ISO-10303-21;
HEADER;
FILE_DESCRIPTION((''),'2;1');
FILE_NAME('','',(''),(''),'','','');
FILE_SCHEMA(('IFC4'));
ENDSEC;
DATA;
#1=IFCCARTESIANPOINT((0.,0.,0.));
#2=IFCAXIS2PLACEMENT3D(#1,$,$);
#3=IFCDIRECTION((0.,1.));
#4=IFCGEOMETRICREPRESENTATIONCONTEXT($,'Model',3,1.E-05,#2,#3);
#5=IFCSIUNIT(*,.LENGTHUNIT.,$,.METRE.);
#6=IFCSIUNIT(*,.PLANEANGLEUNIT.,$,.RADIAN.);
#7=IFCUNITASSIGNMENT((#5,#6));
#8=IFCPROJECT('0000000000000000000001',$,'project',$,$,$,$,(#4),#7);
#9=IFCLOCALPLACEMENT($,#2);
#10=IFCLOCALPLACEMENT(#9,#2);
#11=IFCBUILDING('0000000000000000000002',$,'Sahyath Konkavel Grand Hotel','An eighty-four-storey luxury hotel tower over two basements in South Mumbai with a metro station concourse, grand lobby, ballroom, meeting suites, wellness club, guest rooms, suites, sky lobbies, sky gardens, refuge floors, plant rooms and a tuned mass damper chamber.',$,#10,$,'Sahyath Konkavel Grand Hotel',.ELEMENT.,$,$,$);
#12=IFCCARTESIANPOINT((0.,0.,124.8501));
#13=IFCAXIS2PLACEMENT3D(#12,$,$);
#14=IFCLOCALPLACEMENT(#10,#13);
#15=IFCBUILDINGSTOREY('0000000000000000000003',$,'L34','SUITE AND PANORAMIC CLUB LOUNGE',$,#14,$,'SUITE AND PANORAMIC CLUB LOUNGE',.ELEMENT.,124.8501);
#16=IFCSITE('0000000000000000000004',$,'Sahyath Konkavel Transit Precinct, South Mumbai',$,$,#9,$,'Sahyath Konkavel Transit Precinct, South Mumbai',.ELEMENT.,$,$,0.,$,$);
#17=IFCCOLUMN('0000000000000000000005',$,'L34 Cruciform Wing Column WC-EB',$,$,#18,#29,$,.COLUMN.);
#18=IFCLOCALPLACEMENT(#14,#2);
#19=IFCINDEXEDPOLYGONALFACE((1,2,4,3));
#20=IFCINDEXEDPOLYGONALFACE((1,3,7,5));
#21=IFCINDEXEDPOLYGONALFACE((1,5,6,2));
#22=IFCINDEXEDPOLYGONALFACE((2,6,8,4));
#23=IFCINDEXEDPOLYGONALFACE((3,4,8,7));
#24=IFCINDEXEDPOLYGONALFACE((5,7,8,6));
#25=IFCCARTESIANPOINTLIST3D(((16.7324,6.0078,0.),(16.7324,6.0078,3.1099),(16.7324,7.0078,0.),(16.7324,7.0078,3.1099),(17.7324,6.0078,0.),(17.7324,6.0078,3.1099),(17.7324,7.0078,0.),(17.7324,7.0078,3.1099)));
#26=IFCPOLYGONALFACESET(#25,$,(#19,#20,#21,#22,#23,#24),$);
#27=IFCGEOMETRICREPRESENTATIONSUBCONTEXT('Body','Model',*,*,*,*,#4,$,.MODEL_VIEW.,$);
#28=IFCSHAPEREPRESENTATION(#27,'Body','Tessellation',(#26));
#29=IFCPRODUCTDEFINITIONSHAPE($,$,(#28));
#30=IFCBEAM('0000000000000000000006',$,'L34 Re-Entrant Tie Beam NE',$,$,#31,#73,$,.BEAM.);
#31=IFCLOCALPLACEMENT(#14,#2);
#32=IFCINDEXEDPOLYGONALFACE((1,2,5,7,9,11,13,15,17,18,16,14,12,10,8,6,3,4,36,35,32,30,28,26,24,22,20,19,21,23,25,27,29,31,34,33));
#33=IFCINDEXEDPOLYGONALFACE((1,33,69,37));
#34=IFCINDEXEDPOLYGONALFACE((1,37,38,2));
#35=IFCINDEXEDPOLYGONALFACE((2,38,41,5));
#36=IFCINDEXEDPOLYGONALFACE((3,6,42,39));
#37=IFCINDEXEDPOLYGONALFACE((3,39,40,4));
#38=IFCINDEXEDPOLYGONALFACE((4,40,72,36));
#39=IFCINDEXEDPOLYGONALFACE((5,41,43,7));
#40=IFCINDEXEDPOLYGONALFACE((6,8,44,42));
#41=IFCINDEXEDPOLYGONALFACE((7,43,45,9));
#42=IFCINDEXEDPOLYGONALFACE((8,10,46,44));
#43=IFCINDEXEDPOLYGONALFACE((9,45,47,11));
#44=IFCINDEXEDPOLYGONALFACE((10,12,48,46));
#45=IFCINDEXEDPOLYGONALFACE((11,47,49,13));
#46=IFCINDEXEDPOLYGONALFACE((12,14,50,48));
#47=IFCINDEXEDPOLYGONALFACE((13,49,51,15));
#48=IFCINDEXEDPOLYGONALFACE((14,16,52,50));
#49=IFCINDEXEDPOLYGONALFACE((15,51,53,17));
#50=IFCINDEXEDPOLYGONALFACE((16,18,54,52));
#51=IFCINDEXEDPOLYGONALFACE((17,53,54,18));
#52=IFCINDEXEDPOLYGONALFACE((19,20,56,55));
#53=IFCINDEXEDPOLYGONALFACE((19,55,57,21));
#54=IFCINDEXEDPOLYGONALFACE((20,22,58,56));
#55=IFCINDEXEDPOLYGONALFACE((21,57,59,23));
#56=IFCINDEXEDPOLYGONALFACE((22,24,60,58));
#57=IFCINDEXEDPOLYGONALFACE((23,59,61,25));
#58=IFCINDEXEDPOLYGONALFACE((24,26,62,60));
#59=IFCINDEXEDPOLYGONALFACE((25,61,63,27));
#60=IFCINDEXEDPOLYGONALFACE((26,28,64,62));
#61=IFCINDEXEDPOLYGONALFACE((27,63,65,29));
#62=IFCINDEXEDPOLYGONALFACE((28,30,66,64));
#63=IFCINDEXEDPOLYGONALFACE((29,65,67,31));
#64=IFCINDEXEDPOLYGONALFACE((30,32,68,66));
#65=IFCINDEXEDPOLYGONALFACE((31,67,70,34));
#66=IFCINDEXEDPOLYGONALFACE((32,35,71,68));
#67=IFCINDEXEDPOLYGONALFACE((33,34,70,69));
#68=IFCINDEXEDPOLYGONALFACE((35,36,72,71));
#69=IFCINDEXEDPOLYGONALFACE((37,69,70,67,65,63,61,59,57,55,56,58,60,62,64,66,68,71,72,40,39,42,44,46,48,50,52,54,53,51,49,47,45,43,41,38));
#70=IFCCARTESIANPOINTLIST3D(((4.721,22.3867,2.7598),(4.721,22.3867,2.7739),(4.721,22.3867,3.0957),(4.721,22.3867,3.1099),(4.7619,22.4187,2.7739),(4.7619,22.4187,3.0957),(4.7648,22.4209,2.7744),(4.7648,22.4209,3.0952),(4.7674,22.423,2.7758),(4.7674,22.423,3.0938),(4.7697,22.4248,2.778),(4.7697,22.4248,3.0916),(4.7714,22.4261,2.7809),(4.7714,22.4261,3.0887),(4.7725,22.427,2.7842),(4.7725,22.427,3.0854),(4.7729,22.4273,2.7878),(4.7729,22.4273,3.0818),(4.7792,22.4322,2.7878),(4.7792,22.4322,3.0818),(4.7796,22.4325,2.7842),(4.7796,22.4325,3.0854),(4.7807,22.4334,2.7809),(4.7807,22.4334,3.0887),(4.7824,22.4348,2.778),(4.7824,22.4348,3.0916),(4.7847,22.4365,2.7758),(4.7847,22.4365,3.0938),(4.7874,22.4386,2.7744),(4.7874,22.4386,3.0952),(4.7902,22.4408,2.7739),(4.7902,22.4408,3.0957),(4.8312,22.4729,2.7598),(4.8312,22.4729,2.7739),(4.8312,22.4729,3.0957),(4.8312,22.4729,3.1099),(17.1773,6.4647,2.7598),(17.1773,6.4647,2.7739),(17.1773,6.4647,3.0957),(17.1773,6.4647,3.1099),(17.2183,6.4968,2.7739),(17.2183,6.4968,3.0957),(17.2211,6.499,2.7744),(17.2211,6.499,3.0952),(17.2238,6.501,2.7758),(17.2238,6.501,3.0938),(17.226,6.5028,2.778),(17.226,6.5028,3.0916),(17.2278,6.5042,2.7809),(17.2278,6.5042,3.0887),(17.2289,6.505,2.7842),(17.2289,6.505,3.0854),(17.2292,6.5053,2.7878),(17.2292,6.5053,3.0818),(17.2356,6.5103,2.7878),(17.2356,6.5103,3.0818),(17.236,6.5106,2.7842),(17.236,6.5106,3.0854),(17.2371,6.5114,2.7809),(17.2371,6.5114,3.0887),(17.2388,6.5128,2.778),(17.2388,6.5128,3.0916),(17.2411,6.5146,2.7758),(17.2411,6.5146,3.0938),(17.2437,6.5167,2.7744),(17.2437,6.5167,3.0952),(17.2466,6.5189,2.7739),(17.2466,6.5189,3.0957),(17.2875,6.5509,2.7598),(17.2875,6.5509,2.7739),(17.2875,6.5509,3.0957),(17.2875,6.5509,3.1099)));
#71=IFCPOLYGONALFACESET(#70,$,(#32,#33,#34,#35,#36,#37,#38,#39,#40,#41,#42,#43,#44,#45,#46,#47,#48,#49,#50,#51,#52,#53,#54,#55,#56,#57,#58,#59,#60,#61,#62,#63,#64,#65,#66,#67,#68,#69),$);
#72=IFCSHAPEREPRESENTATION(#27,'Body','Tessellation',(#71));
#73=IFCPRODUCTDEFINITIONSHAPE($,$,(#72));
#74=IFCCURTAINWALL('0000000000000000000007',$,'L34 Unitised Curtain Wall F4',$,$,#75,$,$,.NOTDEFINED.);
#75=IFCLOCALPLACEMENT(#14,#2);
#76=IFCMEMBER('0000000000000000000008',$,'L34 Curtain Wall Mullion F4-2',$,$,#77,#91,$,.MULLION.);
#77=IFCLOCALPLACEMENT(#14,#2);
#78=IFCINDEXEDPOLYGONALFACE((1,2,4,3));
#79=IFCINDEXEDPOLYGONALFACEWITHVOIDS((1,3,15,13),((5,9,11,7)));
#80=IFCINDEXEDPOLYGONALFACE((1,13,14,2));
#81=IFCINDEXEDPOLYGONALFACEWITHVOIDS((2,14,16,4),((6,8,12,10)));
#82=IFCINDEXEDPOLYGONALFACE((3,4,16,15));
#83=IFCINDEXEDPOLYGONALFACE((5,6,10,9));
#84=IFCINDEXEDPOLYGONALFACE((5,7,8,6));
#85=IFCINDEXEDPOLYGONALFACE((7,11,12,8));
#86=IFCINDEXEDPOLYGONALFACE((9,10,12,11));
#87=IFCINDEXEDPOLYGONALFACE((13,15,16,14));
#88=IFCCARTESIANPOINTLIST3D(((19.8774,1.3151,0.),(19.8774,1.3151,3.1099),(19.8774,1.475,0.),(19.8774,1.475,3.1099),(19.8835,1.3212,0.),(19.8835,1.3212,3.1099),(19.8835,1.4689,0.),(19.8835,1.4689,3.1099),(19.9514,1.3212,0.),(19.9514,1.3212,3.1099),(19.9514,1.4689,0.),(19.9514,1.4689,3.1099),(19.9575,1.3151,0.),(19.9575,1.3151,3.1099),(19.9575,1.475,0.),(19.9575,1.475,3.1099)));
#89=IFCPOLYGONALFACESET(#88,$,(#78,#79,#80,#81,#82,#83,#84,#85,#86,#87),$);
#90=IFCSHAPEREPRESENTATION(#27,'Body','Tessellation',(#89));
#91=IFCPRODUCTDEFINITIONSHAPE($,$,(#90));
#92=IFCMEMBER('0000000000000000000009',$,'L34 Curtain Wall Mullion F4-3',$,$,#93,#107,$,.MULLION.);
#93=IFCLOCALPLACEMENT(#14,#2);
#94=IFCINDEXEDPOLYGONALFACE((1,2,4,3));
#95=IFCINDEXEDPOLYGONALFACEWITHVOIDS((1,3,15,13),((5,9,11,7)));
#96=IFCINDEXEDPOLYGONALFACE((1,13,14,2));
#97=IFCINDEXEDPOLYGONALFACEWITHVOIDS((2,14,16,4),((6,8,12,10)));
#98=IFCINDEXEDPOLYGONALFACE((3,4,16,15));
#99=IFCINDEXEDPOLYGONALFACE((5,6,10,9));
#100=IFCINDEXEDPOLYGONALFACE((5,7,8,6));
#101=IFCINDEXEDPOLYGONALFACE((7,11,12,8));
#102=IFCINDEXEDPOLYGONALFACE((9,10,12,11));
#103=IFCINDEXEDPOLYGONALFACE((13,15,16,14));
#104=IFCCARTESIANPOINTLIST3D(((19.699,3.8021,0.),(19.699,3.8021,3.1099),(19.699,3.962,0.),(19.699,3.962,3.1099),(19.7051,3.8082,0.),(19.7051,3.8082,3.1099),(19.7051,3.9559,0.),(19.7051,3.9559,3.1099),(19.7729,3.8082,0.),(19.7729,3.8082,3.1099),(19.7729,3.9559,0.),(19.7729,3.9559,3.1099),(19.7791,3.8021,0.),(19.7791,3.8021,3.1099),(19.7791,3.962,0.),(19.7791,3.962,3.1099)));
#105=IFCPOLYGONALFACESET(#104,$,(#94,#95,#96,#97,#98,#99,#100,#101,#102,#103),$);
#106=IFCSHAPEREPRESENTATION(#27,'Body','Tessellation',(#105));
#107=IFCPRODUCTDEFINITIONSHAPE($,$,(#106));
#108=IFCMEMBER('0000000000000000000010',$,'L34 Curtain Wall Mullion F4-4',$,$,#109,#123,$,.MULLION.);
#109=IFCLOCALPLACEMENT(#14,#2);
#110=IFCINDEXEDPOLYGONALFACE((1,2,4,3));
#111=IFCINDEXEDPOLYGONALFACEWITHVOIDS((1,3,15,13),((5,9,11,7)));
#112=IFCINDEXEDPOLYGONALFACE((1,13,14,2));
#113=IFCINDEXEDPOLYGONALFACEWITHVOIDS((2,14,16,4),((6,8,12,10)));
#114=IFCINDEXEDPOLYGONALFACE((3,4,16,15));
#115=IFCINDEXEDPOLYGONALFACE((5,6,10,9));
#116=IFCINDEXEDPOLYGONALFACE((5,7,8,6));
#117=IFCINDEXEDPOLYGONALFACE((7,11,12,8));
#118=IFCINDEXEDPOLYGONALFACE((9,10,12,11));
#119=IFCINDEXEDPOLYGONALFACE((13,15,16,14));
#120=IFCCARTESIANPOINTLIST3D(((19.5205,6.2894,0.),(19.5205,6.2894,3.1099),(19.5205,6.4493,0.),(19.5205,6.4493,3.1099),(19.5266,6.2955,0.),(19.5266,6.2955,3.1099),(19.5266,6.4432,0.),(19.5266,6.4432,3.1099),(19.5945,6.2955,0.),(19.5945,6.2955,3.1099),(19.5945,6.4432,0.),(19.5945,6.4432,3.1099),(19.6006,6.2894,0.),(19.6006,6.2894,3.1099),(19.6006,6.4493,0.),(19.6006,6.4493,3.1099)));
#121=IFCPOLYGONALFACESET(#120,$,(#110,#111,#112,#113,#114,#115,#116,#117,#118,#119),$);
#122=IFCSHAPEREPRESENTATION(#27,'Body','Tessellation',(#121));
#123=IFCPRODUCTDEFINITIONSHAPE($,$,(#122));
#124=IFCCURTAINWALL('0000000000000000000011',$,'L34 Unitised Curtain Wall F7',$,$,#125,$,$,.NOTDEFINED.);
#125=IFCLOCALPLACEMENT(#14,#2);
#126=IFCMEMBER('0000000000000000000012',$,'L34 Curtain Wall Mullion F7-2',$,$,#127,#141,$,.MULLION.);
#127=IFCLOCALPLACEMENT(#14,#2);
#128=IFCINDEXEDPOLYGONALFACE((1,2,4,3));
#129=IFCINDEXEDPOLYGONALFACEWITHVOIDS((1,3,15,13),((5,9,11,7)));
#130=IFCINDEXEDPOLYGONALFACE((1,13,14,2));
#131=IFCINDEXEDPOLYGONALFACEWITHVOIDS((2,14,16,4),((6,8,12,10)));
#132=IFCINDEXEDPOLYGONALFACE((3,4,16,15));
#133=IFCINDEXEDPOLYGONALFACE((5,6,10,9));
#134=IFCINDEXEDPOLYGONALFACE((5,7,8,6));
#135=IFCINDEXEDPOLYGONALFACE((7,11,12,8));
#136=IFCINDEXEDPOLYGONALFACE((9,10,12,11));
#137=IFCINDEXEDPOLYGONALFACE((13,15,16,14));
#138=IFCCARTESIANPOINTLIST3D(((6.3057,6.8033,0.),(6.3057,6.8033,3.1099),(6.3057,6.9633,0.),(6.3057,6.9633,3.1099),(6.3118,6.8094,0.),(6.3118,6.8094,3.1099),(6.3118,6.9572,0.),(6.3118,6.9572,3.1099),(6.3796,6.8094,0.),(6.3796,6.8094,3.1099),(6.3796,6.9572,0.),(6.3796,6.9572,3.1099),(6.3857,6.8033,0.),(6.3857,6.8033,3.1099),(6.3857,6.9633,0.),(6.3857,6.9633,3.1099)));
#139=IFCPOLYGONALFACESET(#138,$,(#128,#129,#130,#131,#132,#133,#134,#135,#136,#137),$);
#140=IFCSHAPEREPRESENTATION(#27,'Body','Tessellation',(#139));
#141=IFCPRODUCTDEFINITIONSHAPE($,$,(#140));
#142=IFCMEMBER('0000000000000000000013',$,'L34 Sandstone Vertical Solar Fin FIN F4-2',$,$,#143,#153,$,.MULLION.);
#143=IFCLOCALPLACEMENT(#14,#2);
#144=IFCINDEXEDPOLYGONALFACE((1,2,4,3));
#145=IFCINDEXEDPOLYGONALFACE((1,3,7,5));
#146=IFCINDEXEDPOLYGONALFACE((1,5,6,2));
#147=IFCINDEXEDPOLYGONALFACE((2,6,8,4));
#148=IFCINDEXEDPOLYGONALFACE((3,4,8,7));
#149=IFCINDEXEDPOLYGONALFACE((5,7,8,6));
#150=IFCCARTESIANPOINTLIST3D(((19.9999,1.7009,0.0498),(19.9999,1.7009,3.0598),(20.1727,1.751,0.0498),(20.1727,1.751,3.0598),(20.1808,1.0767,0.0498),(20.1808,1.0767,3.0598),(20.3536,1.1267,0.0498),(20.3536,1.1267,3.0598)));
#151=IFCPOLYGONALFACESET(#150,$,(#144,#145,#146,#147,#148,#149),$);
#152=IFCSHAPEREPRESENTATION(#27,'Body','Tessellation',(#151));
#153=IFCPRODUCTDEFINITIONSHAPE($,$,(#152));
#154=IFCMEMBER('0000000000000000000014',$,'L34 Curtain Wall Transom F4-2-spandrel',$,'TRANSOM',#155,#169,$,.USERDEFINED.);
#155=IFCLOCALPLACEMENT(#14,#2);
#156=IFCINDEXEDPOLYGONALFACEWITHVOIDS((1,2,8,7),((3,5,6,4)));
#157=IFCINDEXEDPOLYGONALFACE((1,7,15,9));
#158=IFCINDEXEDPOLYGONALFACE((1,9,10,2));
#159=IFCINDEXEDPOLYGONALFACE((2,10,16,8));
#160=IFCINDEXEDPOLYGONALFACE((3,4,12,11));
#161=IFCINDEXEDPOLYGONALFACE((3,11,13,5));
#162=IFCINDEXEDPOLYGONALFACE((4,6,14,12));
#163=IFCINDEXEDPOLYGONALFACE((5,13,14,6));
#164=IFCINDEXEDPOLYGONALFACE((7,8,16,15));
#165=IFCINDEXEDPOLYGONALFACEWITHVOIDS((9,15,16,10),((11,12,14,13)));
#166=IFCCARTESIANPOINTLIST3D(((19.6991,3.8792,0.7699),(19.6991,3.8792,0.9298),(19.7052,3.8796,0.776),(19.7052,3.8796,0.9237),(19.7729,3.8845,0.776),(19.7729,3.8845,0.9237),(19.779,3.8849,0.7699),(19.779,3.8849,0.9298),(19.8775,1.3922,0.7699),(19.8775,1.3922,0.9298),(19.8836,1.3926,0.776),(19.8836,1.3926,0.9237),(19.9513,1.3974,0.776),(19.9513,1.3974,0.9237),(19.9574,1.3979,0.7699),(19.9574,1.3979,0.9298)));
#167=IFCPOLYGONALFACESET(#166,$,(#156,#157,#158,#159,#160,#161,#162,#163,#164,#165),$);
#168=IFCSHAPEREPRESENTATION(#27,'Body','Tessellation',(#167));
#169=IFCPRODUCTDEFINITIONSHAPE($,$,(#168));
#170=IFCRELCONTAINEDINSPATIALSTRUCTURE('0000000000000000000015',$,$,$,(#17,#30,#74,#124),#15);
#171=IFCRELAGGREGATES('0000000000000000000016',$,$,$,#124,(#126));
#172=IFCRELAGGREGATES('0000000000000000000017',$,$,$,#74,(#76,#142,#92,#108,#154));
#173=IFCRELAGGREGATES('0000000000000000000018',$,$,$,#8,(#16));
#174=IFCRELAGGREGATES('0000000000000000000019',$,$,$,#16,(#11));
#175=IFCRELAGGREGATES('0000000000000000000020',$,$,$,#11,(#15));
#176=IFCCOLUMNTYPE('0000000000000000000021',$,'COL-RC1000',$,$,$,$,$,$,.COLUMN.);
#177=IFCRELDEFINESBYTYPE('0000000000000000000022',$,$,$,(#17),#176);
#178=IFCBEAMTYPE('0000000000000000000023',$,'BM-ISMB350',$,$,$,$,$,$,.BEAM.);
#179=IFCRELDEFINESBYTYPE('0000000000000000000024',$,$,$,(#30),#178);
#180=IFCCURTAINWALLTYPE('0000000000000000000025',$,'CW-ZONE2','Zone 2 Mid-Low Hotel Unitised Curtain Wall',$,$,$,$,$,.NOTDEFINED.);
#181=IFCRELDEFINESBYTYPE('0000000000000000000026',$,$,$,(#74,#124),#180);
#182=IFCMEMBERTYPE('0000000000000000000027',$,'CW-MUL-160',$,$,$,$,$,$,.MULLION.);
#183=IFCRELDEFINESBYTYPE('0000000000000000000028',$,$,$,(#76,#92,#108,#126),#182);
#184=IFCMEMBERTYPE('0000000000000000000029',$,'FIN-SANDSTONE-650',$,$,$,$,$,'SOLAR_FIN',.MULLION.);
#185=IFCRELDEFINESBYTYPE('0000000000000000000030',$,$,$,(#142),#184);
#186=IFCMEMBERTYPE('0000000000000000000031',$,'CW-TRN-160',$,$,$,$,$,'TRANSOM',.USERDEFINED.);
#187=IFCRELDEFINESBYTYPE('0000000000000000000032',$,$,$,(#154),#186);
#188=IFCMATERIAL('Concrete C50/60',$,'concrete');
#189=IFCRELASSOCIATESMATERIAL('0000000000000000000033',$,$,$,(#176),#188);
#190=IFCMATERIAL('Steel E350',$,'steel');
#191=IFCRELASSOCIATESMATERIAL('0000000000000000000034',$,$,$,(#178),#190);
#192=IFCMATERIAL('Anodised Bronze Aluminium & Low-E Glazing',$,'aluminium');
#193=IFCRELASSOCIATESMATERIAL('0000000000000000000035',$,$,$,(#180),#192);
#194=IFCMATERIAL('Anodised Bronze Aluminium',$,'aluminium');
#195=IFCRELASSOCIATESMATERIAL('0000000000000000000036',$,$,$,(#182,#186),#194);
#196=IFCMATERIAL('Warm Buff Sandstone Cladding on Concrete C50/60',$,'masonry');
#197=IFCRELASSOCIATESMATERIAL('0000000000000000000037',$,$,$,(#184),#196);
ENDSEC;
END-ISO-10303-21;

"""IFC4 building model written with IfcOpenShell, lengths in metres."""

from ifc_helpers import new_model, si_unit, direction, frame, origin, origin_2d, place, context, subcontext, project, spatial, rectangle, hollow_rectangle, i_section, extrude, source, transform, mapped, material, material_profile, profile_set, type_object, element, aggregate, save


model = new_model("IFC4")

# Units and contexts
model_context = context("Model", 3, precision=1e-05, world=origin(), true_north=direction((0.0, 1.0)))
body_context = subcontext(model_context, "Body", "Model", "MODEL_VIEW")
ifc_project = project(units=[si_unit("LENGTHUNIT", "METRE"), si_unit("PLANEANGLEUNIT", "RADIAN")], contexts=[model_context])

# Site, building, storey
site_placement = place(None, origin())
site = spatial("IfcSite", under=ifc_project, at=site_placement, Name="Sahyath Konkavel Transit Precinct, South Mumbai", LongName="Sahyath Konkavel Transit Precinct, South Mumbai", CompositionType="ELEMENT", RefElevation=0.0)
building_placement = place(site_placement, origin())
building = spatial("IfcBuilding", under=site, at=building_placement, Name="Sahyath Konkavel Grand Hotel", Description="An eighty-four-storey luxury hotel tower over two basements in South Mumbai with a metro station concourse, grand lobby, ballroom, meeting suites, wellness club, guest rooms, suites, sky lobbies, sky gardens, refuge floors, plant rooms and a tuned mass damper chamber.", LongName="Sahyath Konkavel Grand Hotel", CompositionType="ELEMENT")
storey_placement = place(building_placement, frame((0.0, 0.0, 124.8501)))
storey = spatial("IfcBuildingStorey", under=building, at=storey_placement, Name="L34", Description="SUITE AND PANORAMIC CLUB LOUNGE", LongName="SUITE AND PANORAMIC CLUB LOUNGE", CompositionType="ELEMENT", Elevation=124.8501)

# Column
ifc_material_1 = material(Name="Concrete C50/60", Category="concrete")
ifc_material_profile_1 = material_profile(ifc_material_1, rectangle(XDim=1.0, YDim=1.0, at=origin_2d()), Name="RC 1000x1000")
ifc_profile_set_1 = profile_set([ifc_material_profile_1], Name="Concrete C50/60")
column_type = type_object("IfcColumnType", Name="COL-RC1000", PredefinedType="COLUMN", material=ifc_profile_set_1)
shared_shape_1 = source(origin(), body_context, "Body", "SweptSolid", [
    extrude(rectangle(XDim=1.0, YDim=1.0, at=origin_2d()), origin(), (0.0, 0.0, 1.0), 3.1099),
])
column_placement = place(storey_placement, frame((17.2324, 6.5078, 0.0), z_axis=(0.0, 0.0, 1.0), x_axis=(1.0, 0.0, 0.0)))
element("IfcColumn", 1, at=column_placement, inside=storey, type_object=column_type, Name="L34 Cruciform Wing Column WC-EB", PredefinedType="COLUMN", context=body_context, shape_type="MappedRepresentation", body=[
    mapped(shared_shape_1, transform((0.0, 0.0, 0.0), scale=1.0)),
])

# Beam
ifc_material_2 = material(Name="Steel E350", Category="steel")
ifc_material_profile_2 = material_profile(ifc_material_2, i_section(OverallWidth=0.1399, OverallDepth=0.3501, WebThickness=0.0081, FlangeThickness=0.0142, FilletRadius=0.0139, at=origin_2d()), Name="ISMB 350")
ifc_profile_set_2 = profile_set([ifc_material_profile_2], Name="Steel E350")
beam_type_1 = type_object("IfcBeamType", Name="BM-ISMB350", PredefinedType="BEAM", material=ifc_profile_set_2)
shared_shape_2 = source(origin(), body_context, "Body", "SweptSolid", [
    extrude(i_section(OverallWidth=0.1399, OverallDepth=0.3501, WebThickness=0.0081, FlangeThickness=0.0142, FilletRadius=0.0139, at=origin_2d()), origin(), (0.0, 0.0, 1.0), 20.2156),
])
beam_1_placement = place(storey_placement, frame((17.2324, 6.5078, 2.9348), z_axis=(-0.616176, 0.787608, 0.0), x_axis=(-0.787608, -0.616176, 0.0)))
element("IfcBeam", 2, at=beam_1_placement, inside=storey, type_object=beam_type_1, Name="L34 Re-Entrant Tie Beam NE", PredefinedType="BEAM", context=body_context, shape_type="MappedRepresentation", body=[
    mapped(shared_shape_2, transform((0.0, 0.0, 0.0), scale=1.0)),
])

# Curtain wall, members
ifc_material_3 = material(Name="Anodised Bronze Aluminium & Low-E Glazing", Category="aluminium")
curtain_wall_type = type_object("IfcCurtainWallType", Name="CW-ZONE2", Description="Zone 2 Mid-Low Hotel Unitised Curtain Wall", PredefinedType="NOTDEFINED", material=ifc_material_3)
curtain_wall_1_placement = place(storey_placement, origin())
curtain_wall_1 = element("IfcCurtainWall", 3, at=curtain_wall_1_placement, inside=storey, type_object=curtain_wall_type, Name="L34 Unitised Curtain Wall F4", PredefinedType="NOTDEFINED")
ifc_material_4 = material(Name="Anodised Bronze Aluminium", Category="aluminium")
ifc_material_profile_3 = material_profile(ifc_material_4, hollow_rectangle(XDim=0.0801, YDim=0.1599, WallThickness=0.0061, at=origin_2d()), Name="RHS 160x80x6")
ifc_profile_set_3 = profile_set([ifc_material_profile_3], Name="Anodised Bronze Aluminium")
member_type_1 = type_object("IfcMemberType", Name="CW-MUL-160", PredefinedType="MULLION", material=ifc_profile_set_3)
shared_shape_3 = source(origin(), body_context, "Body", "SweptSolid", [
    extrude(hollow_rectangle(XDim=0.0801, YDim=0.1599, WallThickness=0.0061, at=origin_2d()), origin(), (0.0, 0.0, 1.0), 3.1099),
])
member_1_placement = place(storey_placement, frame((19.9175, 1.395, 0.0), z_axis=(0.0, 0.0, 1.0), x_axis=(1.0, 0.0, 0.0)))
member_1 = element("IfcMember", 4, at=member_1_placement, type_object=member_type_1, Name="L34 Curtain Wall Mullion F4-2", PredefinedType="MULLION", context=body_context, shape_type="MappedRepresentation", body=[
    mapped(shared_shape_3, transform((0.0, 0.0, 0.0), scale=1.0)),
])
member_2_placement = place(storey_placement, frame((19.739, 3.8821, 0.0), z_axis=(0.0, 0.0, 1.0), x_axis=(1.0, 0.0, 0.0)))
member_2 = element("IfcMember", 5, at=member_2_placement, type_object=member_type_1, Name="L34 Curtain Wall Mullion F4-3", PredefinedType="MULLION", context=body_context, shape_type="MappedRepresentation", body=[
    mapped(shared_shape_3, transform((0.0, 0.0, 0.0), scale=1.0)),
])
member_3_placement = place(storey_placement, frame((19.5605, 6.3694, 0.0), z_axis=(0.0, 0.0, 1.0), x_axis=(1.0, 0.0, 0.0)))
member_3 = element("IfcMember", 6, at=member_3_placement, type_object=member_type_1, Name="L34 Curtain Wall Mullion F4-4", PredefinedType="MULLION", context=body_context, shape_type="MappedRepresentation", body=[
    mapped(shared_shape_3, transform((0.0, 0.0, 0.0), scale=1.0)),
])

# Curtain wall, member
curtain_wall_2_placement = place(storey_placement, origin())
curtain_wall_2 = element("IfcCurtainWall", 7, at=curtain_wall_2_placement, inside=storey, type_object=curtain_wall_type, Name="L34 Unitised Curtain Wall F7", PredefinedType="NOTDEFINED")
member_4_placement = place(storey_placement, frame((6.3457, 6.8833, 0.0), z_axis=(0.0, 0.0, 1.0), x_axis=(1.0, 0.0, 0.0)))
member_4 = element("IfcMember", 8, at=member_4_placement, type_object=member_type_1, Name="L34 Curtain Wall Mullion F7-2", PredefinedType="MULLION", context=body_context, shape_type="MappedRepresentation", body=[
    mapped(shared_shape_3, transform((0.0, 0.0, 0.0), scale=1.0)),
])
aggregate(curtain_wall_2, [member_4])

# Members
ifc_material_5 = material(Name="Warm Buff Sandstone Cladding on Concrete C50/60", Category="masonry")
ifc_material_profile_4 = material_profile(ifc_material_5, rectangle(XDim=0.1799, YDim=0.6499, at=origin_2d()), Name="FIN 180x650")
ifc_profile_set_4 = profile_set([ifc_material_profile_4], Name="Warm Buff Sandstone Cladding on Concrete C50/60")
member_type_2 = type_object("IfcMemberType", Name="FIN-SANDSTONE-650", ElementType="SOLAR_FIN", PredefinedType="MULLION", material=ifc_profile_set_4)
shared_shape_4 = source(origin(), body_context, "Body", "SweptSolid", [
    extrude(rectangle(XDim=0.1799, YDim=0.6499, at=origin_2d()), origin(), (0.0, 0.0, 1.0), 3.01),
])
member_5_placement = place(storey_placement, frame((20.1768, 1.4138, 0.0498), z_axis=(0.0, 0.0, 1.0), x_axis=(0.960488, 0.278321, 0.0)))
member_5 = element("IfcMember", 9, at=member_5_placement, type_object=member_type_2, Name="L34 Sandstone Vertical Solar Fin FIN F4-2", PredefinedType="MULLION", context=body_context, shape_type="MappedRepresentation", body=[
    mapped(shared_shape_4, transform((0.0, 0.0, 0.0), scale=1.0)),
])
ifc_material_profile_5 = material_profile(ifc_material_4, hollow_rectangle(XDim=0.0801, YDim=0.1599, WallThickness=0.0061, at=origin_2d()), Name="RHS 160x80x6")
ifc_profile_set_5 = profile_set([ifc_material_profile_5], Name="Anodised Bronze Aluminium")
member_type_3 = type_object("IfcMemberType", Name="CW-TRN-160", ElementType="TRANSOM", PredefinedType="USERDEFINED", material=ifc_profile_set_5)
shared_shape_5 = source(origin(), body_context, "Body", "SweptSolid", [
    extrude(hollow_rectangle(XDim=0.0801, YDim=0.1599, WallThickness=0.0061, at=origin_2d()), origin(), (0.0, 0.0, 1.0), 2.4934),
])
member_6_placement = place(storey_placement, frame((19.9175, 1.395, 0.8499), z_axis=(-0.071574, 0.997435, 0.0), x_axis=(-0.997435, -0.071574, 0.0)))
member_6 = element("IfcMember", 10, at=member_6_placement, type_object=member_type_3, Name="L34 Curtain Wall Transom F4-2-spandrel", ObjectType="TRANSOM", PredefinedType="USERDEFINED", context=body_context, shape_type="MappedRepresentation", body=[
    mapped(shared_shape_5, transform((0.0, 0.0, 0.0), scale=1.0)),
])

aggregate(curtain_wall_1, [member_1, member_5, member_2, member_3, member_6])

save(model, "model.ifc")
